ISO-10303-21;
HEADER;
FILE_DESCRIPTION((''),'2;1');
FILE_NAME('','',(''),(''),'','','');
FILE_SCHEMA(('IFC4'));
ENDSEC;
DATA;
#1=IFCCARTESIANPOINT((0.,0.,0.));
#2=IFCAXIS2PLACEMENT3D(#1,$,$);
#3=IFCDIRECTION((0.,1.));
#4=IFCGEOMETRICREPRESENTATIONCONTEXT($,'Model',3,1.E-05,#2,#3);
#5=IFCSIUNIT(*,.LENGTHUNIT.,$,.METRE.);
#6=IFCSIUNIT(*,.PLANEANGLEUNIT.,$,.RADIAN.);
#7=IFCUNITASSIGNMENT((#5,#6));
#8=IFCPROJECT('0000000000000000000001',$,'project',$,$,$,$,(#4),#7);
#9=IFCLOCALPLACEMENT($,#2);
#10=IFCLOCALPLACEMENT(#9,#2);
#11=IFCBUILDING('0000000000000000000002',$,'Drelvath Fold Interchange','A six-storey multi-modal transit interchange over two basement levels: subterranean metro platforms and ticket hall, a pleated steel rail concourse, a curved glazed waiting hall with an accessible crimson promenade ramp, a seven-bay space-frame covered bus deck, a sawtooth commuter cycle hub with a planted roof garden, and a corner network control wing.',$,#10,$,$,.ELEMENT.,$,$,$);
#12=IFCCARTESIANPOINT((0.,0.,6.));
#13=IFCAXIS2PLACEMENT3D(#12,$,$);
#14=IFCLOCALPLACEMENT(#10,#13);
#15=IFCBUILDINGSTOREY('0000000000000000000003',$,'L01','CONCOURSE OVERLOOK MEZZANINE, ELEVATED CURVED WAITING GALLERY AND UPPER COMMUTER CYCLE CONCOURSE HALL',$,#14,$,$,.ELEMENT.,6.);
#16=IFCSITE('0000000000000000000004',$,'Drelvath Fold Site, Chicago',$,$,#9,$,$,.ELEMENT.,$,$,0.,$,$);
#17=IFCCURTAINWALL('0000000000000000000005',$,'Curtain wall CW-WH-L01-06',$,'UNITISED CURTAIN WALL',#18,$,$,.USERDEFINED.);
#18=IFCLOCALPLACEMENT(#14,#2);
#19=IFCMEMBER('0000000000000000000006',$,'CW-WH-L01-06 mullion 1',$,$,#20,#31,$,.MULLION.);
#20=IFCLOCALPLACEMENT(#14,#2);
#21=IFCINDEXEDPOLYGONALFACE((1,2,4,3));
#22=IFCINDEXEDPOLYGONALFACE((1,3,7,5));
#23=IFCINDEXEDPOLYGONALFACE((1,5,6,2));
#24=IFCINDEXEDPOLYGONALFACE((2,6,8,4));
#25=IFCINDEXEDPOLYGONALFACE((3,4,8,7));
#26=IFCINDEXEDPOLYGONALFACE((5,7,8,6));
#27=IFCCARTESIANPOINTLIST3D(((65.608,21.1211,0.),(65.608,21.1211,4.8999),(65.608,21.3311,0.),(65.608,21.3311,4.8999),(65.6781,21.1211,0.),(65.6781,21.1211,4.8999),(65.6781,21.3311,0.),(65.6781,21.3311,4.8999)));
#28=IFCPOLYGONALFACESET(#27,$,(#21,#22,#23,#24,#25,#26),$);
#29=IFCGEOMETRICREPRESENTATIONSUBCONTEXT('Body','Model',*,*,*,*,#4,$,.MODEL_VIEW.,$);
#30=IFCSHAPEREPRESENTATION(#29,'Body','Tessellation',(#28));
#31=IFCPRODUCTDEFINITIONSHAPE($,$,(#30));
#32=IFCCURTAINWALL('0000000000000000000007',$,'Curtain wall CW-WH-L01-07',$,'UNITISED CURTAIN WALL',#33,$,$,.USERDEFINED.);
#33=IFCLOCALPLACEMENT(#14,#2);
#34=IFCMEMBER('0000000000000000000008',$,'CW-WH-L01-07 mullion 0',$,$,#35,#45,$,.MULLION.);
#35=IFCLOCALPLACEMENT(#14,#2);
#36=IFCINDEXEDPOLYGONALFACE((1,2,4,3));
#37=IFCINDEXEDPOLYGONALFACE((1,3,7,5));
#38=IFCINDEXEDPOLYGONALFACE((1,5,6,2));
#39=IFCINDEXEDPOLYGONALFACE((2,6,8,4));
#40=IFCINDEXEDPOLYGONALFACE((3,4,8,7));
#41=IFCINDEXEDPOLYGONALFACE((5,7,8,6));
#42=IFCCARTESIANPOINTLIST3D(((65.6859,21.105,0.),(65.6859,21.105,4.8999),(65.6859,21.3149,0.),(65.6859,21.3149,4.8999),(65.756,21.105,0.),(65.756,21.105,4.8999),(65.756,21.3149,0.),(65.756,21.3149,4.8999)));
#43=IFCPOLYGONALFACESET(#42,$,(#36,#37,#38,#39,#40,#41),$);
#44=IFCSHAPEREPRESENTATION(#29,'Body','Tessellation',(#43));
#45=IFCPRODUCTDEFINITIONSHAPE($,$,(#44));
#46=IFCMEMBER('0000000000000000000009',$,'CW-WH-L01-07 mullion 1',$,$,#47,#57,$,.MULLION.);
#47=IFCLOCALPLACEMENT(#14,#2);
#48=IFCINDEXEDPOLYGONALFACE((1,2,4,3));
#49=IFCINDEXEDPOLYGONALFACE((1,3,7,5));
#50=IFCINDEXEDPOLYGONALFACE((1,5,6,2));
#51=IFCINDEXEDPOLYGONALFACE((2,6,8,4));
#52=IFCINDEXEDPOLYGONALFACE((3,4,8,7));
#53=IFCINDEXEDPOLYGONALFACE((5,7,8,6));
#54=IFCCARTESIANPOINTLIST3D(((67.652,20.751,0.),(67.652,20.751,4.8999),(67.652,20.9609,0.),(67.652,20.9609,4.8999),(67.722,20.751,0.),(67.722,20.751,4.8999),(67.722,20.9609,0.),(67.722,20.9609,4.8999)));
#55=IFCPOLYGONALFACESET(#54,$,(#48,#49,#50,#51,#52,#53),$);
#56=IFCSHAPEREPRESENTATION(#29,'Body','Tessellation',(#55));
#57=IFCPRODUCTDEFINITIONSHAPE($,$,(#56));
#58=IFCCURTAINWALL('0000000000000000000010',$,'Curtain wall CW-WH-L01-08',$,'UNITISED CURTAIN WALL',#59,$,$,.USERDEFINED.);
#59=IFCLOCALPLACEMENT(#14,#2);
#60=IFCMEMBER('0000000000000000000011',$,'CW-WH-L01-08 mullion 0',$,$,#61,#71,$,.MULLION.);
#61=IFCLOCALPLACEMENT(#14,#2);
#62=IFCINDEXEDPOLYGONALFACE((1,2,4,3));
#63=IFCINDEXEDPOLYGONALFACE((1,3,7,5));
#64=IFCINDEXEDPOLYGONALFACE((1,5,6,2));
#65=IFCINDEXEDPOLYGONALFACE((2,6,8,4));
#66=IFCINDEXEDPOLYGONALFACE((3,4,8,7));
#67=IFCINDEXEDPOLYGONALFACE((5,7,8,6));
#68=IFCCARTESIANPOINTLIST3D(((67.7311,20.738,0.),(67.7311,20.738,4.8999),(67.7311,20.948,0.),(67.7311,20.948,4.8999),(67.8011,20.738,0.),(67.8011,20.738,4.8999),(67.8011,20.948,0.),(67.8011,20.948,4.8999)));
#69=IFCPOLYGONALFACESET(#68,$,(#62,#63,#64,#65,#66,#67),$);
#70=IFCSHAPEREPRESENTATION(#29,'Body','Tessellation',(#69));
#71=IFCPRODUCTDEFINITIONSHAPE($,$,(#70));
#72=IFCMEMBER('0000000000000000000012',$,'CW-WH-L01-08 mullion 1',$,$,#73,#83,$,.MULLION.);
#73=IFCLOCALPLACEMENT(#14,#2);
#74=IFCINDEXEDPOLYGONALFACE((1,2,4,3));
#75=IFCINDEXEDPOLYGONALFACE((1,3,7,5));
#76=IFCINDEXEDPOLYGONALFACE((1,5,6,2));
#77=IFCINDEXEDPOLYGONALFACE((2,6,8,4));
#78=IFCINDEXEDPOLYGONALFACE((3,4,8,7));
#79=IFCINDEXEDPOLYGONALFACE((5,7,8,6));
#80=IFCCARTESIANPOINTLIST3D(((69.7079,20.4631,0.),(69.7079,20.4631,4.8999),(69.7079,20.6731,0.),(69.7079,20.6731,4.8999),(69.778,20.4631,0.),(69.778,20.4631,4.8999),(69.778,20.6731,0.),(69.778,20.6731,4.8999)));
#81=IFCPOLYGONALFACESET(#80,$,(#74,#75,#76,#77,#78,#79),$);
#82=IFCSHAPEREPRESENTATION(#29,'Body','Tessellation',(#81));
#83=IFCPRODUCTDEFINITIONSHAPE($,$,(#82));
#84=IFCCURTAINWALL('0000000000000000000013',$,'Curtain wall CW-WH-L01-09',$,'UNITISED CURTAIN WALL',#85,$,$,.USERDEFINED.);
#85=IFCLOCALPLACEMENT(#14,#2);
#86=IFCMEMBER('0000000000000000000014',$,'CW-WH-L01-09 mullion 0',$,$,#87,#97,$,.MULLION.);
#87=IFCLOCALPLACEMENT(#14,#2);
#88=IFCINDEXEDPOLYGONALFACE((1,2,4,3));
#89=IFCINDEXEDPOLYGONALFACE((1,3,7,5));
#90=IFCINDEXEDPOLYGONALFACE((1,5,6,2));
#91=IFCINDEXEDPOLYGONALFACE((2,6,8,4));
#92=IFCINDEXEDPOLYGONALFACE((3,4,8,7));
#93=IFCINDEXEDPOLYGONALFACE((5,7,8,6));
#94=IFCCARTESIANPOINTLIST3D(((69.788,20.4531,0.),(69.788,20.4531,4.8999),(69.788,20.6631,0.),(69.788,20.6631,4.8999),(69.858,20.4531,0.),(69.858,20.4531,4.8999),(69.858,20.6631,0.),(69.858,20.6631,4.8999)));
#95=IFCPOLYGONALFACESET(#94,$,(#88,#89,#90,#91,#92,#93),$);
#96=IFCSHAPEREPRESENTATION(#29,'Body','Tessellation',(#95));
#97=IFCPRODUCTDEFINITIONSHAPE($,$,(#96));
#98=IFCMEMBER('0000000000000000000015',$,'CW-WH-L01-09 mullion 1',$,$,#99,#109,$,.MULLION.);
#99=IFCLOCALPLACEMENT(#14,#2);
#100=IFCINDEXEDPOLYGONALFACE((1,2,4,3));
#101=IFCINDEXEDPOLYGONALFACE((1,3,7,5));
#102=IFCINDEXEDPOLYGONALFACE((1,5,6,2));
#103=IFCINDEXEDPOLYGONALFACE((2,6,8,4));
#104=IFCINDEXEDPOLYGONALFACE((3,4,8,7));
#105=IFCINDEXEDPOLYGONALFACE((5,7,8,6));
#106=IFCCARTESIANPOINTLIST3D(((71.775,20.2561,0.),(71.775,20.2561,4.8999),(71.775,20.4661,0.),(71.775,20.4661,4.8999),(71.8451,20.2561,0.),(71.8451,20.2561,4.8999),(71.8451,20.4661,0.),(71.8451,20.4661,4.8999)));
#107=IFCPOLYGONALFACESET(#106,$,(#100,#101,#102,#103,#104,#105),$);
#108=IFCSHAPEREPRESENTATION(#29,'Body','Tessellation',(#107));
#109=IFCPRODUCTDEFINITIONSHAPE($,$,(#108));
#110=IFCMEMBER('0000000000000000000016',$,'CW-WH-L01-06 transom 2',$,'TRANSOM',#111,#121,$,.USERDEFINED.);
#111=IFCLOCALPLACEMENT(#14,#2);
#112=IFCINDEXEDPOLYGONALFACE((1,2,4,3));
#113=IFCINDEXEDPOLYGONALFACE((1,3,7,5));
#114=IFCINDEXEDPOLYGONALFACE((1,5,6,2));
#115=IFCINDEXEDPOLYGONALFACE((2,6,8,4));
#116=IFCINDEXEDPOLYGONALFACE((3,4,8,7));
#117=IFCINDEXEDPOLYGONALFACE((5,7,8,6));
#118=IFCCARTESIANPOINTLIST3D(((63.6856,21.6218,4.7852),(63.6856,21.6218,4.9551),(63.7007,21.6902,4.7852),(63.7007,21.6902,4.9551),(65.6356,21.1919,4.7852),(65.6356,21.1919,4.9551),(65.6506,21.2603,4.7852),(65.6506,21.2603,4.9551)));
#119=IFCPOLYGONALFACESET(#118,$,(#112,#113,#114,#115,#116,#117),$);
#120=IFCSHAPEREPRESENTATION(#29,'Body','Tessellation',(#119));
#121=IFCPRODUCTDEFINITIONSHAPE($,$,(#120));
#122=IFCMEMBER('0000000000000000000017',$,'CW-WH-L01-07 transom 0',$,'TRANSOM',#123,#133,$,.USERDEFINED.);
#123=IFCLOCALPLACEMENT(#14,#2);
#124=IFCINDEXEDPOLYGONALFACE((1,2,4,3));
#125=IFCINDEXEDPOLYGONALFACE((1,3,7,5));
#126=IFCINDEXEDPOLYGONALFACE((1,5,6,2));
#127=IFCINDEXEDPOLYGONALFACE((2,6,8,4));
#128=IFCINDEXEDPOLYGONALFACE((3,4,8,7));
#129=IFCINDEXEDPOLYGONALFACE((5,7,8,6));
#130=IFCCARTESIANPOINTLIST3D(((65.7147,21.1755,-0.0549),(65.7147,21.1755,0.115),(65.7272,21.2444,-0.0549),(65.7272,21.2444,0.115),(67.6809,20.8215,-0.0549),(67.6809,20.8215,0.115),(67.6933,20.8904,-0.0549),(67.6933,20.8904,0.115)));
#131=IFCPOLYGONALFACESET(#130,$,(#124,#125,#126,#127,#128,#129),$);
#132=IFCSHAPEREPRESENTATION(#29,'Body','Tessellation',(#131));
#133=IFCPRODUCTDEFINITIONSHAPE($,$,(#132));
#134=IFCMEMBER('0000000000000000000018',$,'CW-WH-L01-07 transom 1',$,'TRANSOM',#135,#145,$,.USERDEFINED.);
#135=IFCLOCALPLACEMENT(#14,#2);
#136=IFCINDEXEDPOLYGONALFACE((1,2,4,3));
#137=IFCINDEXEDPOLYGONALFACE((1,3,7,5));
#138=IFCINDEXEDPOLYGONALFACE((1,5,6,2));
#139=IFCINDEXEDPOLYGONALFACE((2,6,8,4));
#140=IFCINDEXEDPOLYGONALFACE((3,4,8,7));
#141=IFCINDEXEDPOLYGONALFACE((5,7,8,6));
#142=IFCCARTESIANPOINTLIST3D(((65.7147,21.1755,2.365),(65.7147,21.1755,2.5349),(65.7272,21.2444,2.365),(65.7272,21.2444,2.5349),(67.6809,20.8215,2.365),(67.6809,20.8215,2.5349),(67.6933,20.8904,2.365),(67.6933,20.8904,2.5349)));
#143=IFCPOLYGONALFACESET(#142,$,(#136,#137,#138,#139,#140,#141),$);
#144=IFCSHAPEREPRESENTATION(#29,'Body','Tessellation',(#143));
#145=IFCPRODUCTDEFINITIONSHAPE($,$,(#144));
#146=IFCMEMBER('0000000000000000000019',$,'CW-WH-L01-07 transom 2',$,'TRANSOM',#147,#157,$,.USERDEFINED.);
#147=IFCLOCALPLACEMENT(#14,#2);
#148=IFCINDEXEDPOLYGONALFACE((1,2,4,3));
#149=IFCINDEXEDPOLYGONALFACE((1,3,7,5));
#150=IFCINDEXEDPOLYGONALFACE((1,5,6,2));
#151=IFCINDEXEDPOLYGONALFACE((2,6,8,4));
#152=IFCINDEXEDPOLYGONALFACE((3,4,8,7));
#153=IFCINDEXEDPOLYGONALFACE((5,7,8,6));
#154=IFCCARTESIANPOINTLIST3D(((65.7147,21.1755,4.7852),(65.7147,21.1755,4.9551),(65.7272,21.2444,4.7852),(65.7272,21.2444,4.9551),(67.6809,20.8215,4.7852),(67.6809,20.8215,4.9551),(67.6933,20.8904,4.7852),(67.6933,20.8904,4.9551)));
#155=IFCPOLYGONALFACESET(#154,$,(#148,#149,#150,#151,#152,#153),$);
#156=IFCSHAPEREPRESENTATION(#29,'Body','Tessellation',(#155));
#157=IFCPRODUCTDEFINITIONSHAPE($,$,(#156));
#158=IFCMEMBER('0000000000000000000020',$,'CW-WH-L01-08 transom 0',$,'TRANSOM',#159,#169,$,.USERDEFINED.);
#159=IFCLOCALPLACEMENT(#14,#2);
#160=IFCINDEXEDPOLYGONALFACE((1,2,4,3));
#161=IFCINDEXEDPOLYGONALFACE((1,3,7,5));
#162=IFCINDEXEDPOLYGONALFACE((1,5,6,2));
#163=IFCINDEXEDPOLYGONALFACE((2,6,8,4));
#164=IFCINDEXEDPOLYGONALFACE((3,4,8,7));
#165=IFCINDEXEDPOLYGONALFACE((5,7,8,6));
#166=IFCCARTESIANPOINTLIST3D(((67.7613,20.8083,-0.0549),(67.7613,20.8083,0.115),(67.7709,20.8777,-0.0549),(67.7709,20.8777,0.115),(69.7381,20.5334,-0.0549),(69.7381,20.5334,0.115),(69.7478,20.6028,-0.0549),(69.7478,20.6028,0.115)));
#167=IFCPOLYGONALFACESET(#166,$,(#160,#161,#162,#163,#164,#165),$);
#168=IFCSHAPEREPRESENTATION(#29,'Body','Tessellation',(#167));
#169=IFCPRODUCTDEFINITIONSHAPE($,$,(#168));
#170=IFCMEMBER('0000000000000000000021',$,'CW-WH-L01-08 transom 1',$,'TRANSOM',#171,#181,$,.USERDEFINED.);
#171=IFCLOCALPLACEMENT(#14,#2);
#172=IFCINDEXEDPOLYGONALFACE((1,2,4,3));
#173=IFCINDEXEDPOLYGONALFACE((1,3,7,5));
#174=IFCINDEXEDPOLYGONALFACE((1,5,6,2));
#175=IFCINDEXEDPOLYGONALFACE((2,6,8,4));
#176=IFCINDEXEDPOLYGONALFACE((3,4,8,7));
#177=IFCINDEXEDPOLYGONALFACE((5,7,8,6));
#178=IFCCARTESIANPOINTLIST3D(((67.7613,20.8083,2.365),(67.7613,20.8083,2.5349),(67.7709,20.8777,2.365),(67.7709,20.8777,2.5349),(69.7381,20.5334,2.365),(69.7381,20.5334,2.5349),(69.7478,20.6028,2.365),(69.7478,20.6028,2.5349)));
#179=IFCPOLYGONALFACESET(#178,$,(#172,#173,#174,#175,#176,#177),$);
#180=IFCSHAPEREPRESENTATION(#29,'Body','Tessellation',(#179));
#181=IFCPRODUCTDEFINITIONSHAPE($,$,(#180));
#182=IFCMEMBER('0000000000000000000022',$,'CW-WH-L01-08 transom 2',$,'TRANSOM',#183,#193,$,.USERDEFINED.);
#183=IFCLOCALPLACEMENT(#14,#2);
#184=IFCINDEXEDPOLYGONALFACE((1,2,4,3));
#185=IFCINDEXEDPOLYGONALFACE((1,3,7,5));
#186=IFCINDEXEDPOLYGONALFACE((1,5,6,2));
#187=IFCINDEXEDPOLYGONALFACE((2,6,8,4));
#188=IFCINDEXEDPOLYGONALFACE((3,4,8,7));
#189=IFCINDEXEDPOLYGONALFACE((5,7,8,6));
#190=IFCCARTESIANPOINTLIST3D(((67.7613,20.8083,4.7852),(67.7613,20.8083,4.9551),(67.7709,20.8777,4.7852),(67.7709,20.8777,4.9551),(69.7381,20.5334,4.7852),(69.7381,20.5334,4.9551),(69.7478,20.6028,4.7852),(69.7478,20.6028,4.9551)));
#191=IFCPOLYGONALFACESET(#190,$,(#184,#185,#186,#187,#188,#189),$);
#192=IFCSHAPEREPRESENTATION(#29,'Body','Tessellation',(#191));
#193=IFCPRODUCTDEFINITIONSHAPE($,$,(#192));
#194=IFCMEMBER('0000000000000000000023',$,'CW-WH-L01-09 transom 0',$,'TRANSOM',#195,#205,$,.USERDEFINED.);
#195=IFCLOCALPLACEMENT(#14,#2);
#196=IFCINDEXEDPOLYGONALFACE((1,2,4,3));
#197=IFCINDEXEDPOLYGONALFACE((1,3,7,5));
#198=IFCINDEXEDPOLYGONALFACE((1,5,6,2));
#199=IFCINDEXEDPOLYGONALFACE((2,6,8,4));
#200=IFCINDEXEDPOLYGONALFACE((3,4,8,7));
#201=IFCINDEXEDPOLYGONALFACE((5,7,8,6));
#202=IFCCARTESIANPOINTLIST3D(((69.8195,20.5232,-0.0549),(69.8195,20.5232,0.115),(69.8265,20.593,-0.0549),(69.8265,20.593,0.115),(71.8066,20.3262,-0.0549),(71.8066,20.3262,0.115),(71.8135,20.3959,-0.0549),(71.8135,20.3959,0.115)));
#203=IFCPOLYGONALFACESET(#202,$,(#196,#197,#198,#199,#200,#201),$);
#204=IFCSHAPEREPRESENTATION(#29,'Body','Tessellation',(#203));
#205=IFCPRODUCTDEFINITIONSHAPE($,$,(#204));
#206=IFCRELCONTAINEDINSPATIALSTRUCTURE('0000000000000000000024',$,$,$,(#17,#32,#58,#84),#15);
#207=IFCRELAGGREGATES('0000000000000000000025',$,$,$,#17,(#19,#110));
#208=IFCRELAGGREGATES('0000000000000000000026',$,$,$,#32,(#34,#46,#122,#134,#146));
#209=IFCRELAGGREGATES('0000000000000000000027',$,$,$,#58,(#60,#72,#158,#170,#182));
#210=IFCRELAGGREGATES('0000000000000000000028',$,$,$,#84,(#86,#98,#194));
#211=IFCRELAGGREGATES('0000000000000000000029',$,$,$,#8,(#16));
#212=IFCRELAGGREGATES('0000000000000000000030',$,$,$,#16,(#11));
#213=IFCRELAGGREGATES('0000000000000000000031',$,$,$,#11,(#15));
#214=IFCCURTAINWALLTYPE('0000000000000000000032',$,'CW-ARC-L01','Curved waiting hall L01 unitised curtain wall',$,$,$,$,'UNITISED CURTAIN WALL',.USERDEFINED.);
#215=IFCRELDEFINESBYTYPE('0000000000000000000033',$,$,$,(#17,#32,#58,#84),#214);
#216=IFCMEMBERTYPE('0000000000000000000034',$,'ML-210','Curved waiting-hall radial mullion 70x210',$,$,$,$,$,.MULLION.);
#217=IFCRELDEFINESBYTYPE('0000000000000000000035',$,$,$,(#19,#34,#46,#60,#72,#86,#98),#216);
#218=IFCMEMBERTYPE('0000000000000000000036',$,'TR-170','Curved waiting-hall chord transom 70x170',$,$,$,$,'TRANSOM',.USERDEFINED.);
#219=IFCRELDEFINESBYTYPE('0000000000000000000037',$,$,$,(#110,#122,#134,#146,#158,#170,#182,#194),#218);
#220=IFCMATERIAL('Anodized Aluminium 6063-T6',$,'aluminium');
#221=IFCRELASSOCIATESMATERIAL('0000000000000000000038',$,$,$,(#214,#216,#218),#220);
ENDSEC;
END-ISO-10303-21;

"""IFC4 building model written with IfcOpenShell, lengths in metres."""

from ifc_helpers import new_model, si_unit, direction, frame, origin, origin_2d, place, context, subcontext, project, spatial, rectangle, extrude, material, material_profile, profile_set, type_object, element, aggregate, save


model = new_model("IFC4")

# Units and contexts
model_context = context("Model", 3, precision=1e-05, world=origin(), true_north=direction((0.0, 1.0)))
body_context = subcontext(model_context, "Body", "Model", "MODEL_VIEW")
ifc_project = project(units=[si_unit("LENGTHUNIT", "METRE"), si_unit("PLANEANGLEUNIT", "RADIAN")], contexts=[model_context])

# Site, building, storey
site_placement = place(None, origin())
site = spatial("IfcSite", under=ifc_project, at=site_placement, Name="Drelvath Fold Site, Chicago", CompositionType="ELEMENT", RefElevation=0.0)
building_placement = place(site_placement, origin())
building = spatial("IfcBuilding", under=site, at=building_placement, Name="Drelvath Fold Interchange", Description="A six-storey multi-modal transit interchange over two basement levels: subterranean metro platforms and ticket hall, a pleated steel rail concourse, a curved glazed waiting hall with an accessible crimson promenade ramp, a seven-bay space-frame covered bus deck, a sawtooth commuter cycle hub with a planted roof garden, and a corner network control wing.", CompositionType="ELEMENT")
storey_placement = place(building_placement, frame((0.0, 0.0, 6.0)))
storey = spatial("IfcBuildingStorey", under=building, at=storey_placement, Name="L01", Description="CONCOURSE OVERLOOK MEZZANINE, ELEVATED CURVED WAITING GALLERY AND UPPER COMMUTER CYCLE CONCOURSE HALL", CompositionType="ELEMENT", Elevation=6.0)

# Curtain wall, member
ifc_material_1 = material(Name="Anodized Aluminium 6063-T6", Category="aluminium")
curtain_wall_type = type_object("IfcCurtainWallType", Name="CW-ARC-L01", Description="Curved waiting hall L01 unitised curtain wall", ElementType="UNITISED CURTAIN WALL", PredefinedType="USERDEFINED", material=ifc_material_1)
curtain_wall_1_placement = place(storey_placement, origin())
curtain_wall_1 = element("IfcCurtainWall", 1, at=curtain_wall_1_placement, inside=storey, type_object=curtain_wall_type, Name="Curtain wall CW-WH-L01-06", ObjectType="UNITISED CURTAIN WALL", PredefinedType="USERDEFINED")
ifc_material_profile_1 = material_profile(ifc_material_1, rectangle(XDim=0.0701, YDim=0.21, at=origin_2d()), Name="AL-M 70x210")
ifc_profile_set_1 = profile_set([ifc_material_profile_1], Name="Anodized Aluminium 6063-T6")
member_type_1 = type_object("IfcMemberType", Name="ML-210", Description="Curved waiting-hall radial mullion 70x210", PredefinedType="MULLION", material=ifc_profile_set_1)
member_1_placement = place(storey_placement, frame((65.6431, 21.2261, 0.0), z_axis=(0.0, 0.0, 1.0), x_axis=(1.0, 0.0, 0.0)))
member_1 = element("IfcMember", 2, at=member_1_placement, type_object=member_type_1, Name="CW-WH-L01-06 mullion 1", PredefinedType="MULLION", context=body_context, shape_type="SweptSolid", body=[
    extrude(rectangle(XDim=0.0701, YDim=0.21, at=origin_2d()), origin(), (0.0, 0.0, 1.0), 4.8999),
])

# Curtain walls, members
curtain_wall_2_placement = place(storey_placement, origin())
curtain_wall_2 = element("IfcCurtainWall", 3, at=curtain_wall_2_placement, inside=storey, type_object=curtain_wall_type, Name="Curtain wall CW-WH-L01-07", ObjectType="UNITISED CURTAIN WALL", PredefinedType="USERDEFINED")
member_2_placement = place(storey_placement, frame((65.7209, 21.21, 0.0), z_axis=(0.0, 0.0, 1.0), x_axis=(1.0, 0.0, 0.0)))
member_2 = element("IfcMember", 4, at=member_2_placement, type_object=member_type_1, Name="CW-WH-L01-07 mullion 0", PredefinedType="MULLION", context=body_context, shape_type="SweptSolid", body=[
    extrude(rectangle(XDim=0.0701, YDim=0.21, at=origin_2d()), origin(), (0.0, 0.0, 1.0), 4.8999),
])
member_3_placement = place(storey_placement, frame((67.687, 20.856, 0.0), z_axis=(0.0, 0.0, 1.0), x_axis=(1.0, 0.0, 0.0)))
member_3 = element("IfcMember", 5, at=member_3_placement, type_object=member_type_1, Name="CW-WH-L01-07 mullion 1", PredefinedType="MULLION", context=body_context, shape_type="SweptSolid", body=[
    extrude(rectangle(XDim=0.0701, YDim=0.21, at=origin_2d()), origin(), (0.0, 0.0, 1.0), 4.8999),
])
curtain_wall_3_placement = place(storey_placement, origin())
curtain_wall_3 = element("IfcCurtainWall", 6, at=curtain_wall_3_placement, inside=storey, type_object=curtain_wall_type, Name="Curtain wall CW-WH-L01-08", ObjectType="UNITISED CURTAIN WALL", PredefinedType="USERDEFINED")
member_4_placement = place(storey_placement, frame((67.7661, 20.843, 0.0), z_axis=(0.0, 0.0, 1.0), x_axis=(1.0, 0.0, 0.0)))
member_4 = element("IfcMember", 7, at=member_4_placement, type_object=member_type_1, Name="CW-WH-L01-08 mullion 0", PredefinedType="MULLION", context=body_context, shape_type="SweptSolid", body=[
    extrude(rectangle(XDim=0.0701, YDim=0.21, at=origin_2d()), origin(), (0.0, 0.0, 1.0), 4.8999),
])
member_5_placement = place(storey_placement, frame((69.7429, 20.5681, 0.0), z_axis=(0.0, 0.0, 1.0), x_axis=(1.0, 0.0, 0.0)))
member_5 = element("IfcMember", 8, at=member_5_placement, type_object=member_type_1, Name="CW-WH-L01-08 mullion 1", PredefinedType="MULLION", context=body_context, shape_type="SweptSolid", body=[
    extrude(rectangle(XDim=0.0701, YDim=0.21, at=origin_2d()), origin(), (0.0, 0.0, 1.0), 4.8999),
])
curtain_wall_4_placement = place(storey_placement, origin())
curtain_wall_4 = element("IfcCurtainWall", 9, at=curtain_wall_4_placement, inside=storey, type_object=curtain_wall_type, Name="Curtain wall CW-WH-L01-09", ObjectType="UNITISED CURTAIN WALL", PredefinedType="USERDEFINED")
member_6_placement = place(storey_placement, frame((69.823, 20.5581, 0.0), z_axis=(0.0, 0.0, 1.0), x_axis=(1.0, 0.0, 0.0)))
member_6 = element("IfcMember", 10, at=member_6_placement, type_object=member_type_1, Name="CW-WH-L01-09 mullion 0", PredefinedType="MULLION", context=body_context, shape_type="SweptSolid", body=[
    extrude(rectangle(XDim=0.0701, YDim=0.21, at=origin_2d()), origin(), (0.0, 0.0, 1.0), 4.8999),
])
member_7_placement = place(storey_placement, frame((71.8101, 20.3611, 0.0), z_axis=(0.0, 0.0, 1.0), x_axis=(1.0, 0.0, 0.0)))
member_7 = element("IfcMember", 11, at=member_7_placement, type_object=member_type_1, Name="CW-WH-L01-09 mullion 1", PredefinedType="MULLION", context=body_context, shape_type="SweptSolid", body=[
    extrude(rectangle(XDim=0.0701, YDim=0.21, at=origin_2d()), origin(), (0.0, 0.0, 1.0), 4.8999),
])

# Members
ifc_material_profile_2 = material_profile(ifc_material_1, rectangle(XDim=0.0701, YDim=0.1699, at=origin_2d()), Name="AL-T 70x170")
ifc_profile_set_2 = profile_set([ifc_material_profile_2], Name="Anodized Aluminium 6063-T6")
member_type_2 = type_object("IfcMemberType", Name="TR-170", Description="Curved waiting-hall chord transom 70x170", ElementType="TRANSOM", PredefinedType="USERDEFINED", material=ifc_profile_set_2)
member_8_placement = place(storey_placement, frame((63.6931, 21.656, 4.8701), z_axis=(0.976545, -0.215312, 0.0), x_axis=(0.215312, 0.976545, 0.0)))
member_8 = element("IfcMember", 12, at=member_8_placement, type_object=member_type_2, Name="CW-WH-L01-06 transom 2", ObjectType="TRANSOM", PredefinedType="USERDEFINED", context=body_context, shape_type="SweptSolid", body=[
    extrude(rectangle(XDim=0.0701, YDim=0.1699, at=origin_2d()), origin(), (0.0, 0.0, 1.0), 1.9968),
])
member_9_placement = place(storey_placement, frame((65.7209, 21.21, 0.03), z_axis=(0.984174, -0.177207, 0.0), x_axis=(0.177207, 0.984174, 0.0)))
member_9 = element("IfcMember", 13, at=member_9_placement, type_object=member_type_2, Name="CW-WH-L01-07 transom 0", ObjectType="TRANSOM", PredefinedType="USERDEFINED", context=body_context, shape_type="SweptSolid", body=[
    extrude(rectangle(XDim=0.0701, YDim=0.1699, at=origin_2d()), origin(), (0.0, 0.0, 1.0), 1.9978),
])
member_10_placement = place(storey_placement, frame((65.7209, 21.21, 2.45), z_axis=(0.984174, -0.177207, 0.0), x_axis=(0.177207, 0.984174, 0.0)))
member_10 = element("IfcMember", 14, at=member_10_placement, type_object=member_type_2, Name="CW-WH-L01-07 transom 1", ObjectType="TRANSOM", PredefinedType="USERDEFINED", context=body_context, shape_type="SweptSolid", body=[
    extrude(rectangle(XDim=0.0701, YDim=0.1699, at=origin_2d()), origin(), (0.0, 0.0, 1.0), 1.9978),
])
member_11_placement = place(storey_placement, frame((65.7209, 21.21, 4.8701), z_axis=(0.984174, -0.177207, 0.0), x_axis=(0.177207, 0.984174, 0.0)))
member_11 = element("IfcMember", 15, at=member_11_placement, type_object=member_type_2, Name="CW-WH-L01-07 transom 2", ObjectType="TRANSOM", PredefinedType="USERDEFINED", context=body_context, shape_type="SweptSolid", body=[
    extrude(rectangle(XDim=0.0701, YDim=0.1699, at=origin_2d()), origin(), (0.0, 0.0, 1.0), 1.9978),
])
member_12_placement = place(storey_placement, frame((67.7661, 20.843, 0.03), z_axis=(0.990469, -0.137738, 0.0), x_axis=(0.137738, 0.990469, 0.0)))
member_12 = element("IfcMember", 16, at=member_12_placement, type_object=member_type_2, Name="CW-WH-L01-08 transom 0", ObjectType="TRANSOM", PredefinedType="USERDEFINED", context=body_context, shape_type="SweptSolid", body=[
    extrude(rectangle(XDim=0.0701, YDim=0.1699, at=origin_2d()), origin(), (0.0, 0.0, 1.0), 1.9958),
])
member_13_placement = place(storey_placement, frame((67.7661, 20.843, 2.45), z_axis=(0.990469, -0.137738, 0.0), x_axis=(0.137738, 0.990469, 0.0)))
member_13 = element("IfcMember", 17, at=member_13_placement, type_object=member_type_2, Name="CW-WH-L01-08 transom 1", ObjectType="TRANSOM", PredefinedType="USERDEFINED", context=body_context, shape_type="SweptSolid", body=[
    extrude(rectangle(XDim=0.0701, YDim=0.1699, at=origin_2d()), origin(), (0.0, 0.0, 1.0), 1.9958),
])
member_14_placement = place(storey_placement, frame((67.7661, 20.843, 4.8701), z_axis=(0.990469, -0.137738, 0.0), x_axis=(0.137738, 0.990469, 0.0)))
member_14 = element("IfcMember", 18, at=member_14_placement, type_object=member_type_2, Name="CW-WH-L01-08 transom 2", ObjectType="TRANSOM", PredefinedType="USERDEFINED", context=body_context, shape_type="SweptSolid", body=[
    extrude(rectangle(XDim=0.0701, YDim=0.1699, at=origin_2d()), origin(), (0.0, 0.0, 1.0), 1.9958),
])
member_15_placement = place(storey_placement, frame((69.823, 20.5581, 0.03), z_axis=(0.99512, -0.098668, 0.0), x_axis=(0.098668, 0.99512, 0.0)))
member_15 = element("IfcMember", 19, at=member_15_placement, type_object=member_type_2, Name="CW-WH-L01-09 transom 0", ObjectType="TRANSOM", PredefinedType="USERDEFINED", context=body_context, shape_type="SweptSolid", body=[
    extrude(rectangle(XDim=0.0701, YDim=0.1699, at=origin_2d()), origin(), (0.0, 0.0, 1.0), 1.9968),
])

aggregate(curtain_wall_1, [member_1, member_8])
aggregate(curtain_wall_2, [member_2, member_3, member_9, member_10, member_11])
aggregate(curtain_wall_3, [member_4, member_5, member_12, member_13, member_14])
aggregate(curtain_wall_4, [member_6, member_7, member_15])

save(model, "model.ifc")
